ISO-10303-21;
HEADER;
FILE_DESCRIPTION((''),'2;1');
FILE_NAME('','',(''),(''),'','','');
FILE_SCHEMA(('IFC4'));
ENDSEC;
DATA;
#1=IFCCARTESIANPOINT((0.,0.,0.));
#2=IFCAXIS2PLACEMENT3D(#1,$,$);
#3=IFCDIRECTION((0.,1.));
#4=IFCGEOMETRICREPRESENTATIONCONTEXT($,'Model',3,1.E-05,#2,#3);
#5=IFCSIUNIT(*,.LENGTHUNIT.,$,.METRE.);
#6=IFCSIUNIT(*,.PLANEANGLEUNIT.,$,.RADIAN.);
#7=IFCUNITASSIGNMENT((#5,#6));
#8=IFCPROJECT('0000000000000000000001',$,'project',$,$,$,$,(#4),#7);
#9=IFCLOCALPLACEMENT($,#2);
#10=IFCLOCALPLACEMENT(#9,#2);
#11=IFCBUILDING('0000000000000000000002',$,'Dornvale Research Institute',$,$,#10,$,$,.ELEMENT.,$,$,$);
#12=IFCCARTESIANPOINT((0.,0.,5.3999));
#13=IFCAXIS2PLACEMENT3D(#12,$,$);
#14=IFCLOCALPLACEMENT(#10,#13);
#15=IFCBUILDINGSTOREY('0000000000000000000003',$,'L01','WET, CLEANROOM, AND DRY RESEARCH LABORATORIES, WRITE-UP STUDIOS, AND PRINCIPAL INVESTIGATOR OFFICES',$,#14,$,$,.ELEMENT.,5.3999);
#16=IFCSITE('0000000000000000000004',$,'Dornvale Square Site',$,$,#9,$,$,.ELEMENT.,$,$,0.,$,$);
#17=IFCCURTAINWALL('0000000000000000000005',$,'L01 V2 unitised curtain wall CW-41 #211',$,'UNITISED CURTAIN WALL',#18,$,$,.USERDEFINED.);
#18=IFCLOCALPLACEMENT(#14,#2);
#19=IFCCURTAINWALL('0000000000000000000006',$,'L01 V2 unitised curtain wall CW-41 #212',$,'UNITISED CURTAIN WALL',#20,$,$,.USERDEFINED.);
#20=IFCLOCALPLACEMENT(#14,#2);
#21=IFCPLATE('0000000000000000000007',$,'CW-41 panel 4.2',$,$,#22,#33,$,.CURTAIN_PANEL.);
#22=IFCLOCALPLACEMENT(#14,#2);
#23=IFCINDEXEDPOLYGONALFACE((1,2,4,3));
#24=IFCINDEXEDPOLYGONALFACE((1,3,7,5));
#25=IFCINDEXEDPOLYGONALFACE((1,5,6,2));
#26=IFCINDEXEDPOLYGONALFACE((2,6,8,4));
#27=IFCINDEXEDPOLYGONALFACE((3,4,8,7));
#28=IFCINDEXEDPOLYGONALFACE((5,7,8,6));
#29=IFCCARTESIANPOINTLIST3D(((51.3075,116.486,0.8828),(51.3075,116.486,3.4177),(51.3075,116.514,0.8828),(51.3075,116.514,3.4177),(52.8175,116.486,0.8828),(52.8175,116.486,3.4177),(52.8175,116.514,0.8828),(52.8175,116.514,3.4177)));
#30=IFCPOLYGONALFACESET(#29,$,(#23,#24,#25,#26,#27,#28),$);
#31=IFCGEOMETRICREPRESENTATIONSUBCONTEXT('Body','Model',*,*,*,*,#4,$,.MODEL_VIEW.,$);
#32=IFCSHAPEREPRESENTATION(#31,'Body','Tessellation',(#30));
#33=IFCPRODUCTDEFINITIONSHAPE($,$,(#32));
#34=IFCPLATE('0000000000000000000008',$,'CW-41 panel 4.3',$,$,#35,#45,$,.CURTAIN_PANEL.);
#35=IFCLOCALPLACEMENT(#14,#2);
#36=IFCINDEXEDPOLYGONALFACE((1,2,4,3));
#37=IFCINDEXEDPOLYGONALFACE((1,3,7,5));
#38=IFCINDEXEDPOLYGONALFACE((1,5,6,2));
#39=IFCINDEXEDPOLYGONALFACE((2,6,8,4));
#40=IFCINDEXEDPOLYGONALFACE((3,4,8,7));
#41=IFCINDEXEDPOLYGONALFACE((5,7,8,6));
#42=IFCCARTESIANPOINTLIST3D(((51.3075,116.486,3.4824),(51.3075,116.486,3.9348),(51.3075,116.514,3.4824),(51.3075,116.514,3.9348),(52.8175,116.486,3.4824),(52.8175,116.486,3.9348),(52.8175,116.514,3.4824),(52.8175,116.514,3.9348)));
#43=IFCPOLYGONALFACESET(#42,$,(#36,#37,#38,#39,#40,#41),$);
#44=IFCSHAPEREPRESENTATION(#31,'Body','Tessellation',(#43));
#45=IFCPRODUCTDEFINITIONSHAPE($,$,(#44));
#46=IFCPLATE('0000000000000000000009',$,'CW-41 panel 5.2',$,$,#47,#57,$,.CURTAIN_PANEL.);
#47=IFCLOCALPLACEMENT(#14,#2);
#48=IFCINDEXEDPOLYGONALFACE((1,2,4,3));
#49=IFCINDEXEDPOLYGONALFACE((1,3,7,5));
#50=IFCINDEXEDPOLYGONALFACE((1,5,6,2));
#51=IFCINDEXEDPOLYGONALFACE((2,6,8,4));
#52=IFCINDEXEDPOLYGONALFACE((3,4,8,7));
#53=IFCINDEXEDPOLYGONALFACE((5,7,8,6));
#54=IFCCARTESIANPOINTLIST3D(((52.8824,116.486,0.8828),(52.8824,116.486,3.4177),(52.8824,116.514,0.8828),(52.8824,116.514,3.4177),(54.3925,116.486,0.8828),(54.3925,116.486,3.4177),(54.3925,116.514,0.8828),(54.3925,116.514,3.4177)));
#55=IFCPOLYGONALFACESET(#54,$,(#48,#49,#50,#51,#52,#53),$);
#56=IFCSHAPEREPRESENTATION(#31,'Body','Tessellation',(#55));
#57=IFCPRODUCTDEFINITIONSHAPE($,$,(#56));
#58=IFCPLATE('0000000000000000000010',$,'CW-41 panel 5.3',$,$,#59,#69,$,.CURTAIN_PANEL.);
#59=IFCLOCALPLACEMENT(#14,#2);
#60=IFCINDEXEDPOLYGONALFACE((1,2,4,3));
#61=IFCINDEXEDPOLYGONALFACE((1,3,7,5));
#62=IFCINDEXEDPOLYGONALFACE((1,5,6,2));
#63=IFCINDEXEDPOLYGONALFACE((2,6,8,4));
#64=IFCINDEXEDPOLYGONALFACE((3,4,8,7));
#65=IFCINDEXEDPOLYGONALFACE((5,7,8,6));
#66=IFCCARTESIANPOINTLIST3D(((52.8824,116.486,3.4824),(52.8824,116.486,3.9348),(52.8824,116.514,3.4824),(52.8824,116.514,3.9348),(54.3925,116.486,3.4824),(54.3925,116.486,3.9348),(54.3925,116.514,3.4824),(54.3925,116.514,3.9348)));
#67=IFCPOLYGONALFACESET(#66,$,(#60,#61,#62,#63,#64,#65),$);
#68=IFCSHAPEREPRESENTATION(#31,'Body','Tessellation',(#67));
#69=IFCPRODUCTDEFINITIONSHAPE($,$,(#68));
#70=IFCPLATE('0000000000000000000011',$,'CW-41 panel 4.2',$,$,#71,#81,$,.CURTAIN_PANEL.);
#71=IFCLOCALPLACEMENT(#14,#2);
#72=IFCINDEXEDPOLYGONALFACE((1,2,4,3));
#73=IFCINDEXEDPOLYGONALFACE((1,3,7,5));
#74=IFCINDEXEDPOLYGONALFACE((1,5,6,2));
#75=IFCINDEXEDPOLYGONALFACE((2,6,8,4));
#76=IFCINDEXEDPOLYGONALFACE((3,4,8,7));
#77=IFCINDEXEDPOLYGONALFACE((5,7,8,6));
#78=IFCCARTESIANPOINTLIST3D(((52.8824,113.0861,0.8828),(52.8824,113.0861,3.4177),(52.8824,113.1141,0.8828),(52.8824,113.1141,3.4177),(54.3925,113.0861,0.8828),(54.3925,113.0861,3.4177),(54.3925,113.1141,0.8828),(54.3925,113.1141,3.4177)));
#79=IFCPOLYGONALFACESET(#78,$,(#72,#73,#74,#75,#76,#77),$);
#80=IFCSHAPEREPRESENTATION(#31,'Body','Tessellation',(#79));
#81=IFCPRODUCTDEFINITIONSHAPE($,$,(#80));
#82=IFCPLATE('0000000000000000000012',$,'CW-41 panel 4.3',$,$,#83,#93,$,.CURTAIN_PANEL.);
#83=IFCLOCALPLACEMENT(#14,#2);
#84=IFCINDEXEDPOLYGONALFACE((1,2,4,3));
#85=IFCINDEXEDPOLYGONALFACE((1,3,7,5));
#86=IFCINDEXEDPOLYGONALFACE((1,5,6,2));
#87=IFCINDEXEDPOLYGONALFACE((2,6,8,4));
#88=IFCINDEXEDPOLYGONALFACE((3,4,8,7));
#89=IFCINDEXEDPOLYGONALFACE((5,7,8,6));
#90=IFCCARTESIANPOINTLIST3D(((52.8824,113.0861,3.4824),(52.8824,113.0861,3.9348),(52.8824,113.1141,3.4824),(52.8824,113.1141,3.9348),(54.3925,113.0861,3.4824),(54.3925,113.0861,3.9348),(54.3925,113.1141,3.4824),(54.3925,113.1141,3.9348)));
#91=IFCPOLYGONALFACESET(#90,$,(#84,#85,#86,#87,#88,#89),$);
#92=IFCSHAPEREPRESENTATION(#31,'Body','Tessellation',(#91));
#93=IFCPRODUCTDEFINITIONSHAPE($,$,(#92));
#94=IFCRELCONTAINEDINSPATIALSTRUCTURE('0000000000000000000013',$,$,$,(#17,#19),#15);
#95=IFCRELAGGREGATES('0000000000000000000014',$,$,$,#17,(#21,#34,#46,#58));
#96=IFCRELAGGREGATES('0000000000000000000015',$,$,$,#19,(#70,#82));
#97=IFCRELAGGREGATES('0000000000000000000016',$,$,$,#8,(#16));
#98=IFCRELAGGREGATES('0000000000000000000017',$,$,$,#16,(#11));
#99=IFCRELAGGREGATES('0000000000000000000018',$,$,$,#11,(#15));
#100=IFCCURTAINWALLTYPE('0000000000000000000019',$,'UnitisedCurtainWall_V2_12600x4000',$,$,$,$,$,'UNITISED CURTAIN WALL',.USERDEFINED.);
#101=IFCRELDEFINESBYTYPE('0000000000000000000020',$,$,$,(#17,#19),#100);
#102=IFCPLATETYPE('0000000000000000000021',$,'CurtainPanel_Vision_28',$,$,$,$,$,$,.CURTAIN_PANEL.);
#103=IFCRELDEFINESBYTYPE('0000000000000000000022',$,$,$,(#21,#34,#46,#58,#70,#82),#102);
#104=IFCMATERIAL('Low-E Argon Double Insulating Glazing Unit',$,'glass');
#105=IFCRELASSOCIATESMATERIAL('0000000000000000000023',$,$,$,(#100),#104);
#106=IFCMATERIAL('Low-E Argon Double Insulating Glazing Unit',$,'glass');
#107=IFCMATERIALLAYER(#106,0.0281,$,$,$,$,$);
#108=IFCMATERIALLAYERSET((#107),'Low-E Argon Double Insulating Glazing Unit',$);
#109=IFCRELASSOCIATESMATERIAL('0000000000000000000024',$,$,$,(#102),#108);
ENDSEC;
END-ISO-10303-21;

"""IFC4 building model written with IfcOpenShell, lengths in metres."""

from ifc_helpers import new_model, si_unit, direction, frame, origin, origin_2d, place, context, subcontext, project, spatial, rectangle, extrude, material, layer, layer_set, type_object, element, aggregate, save


model = new_model("IFC4")

# Units and contexts
model_context = context("Model", 3, precision=1e-05, world=origin(), true_north=direction((0.0, 1.0)))
body_context = subcontext(model_context, "Body", "Model", "MODEL_VIEW")
ifc_project = project(units=[si_unit("LENGTHUNIT", "METRE"), si_unit("PLANEANGLEUNIT", "RADIAN")], contexts=[model_context])

# Site, building, storey
site_placement = place(None, origin())
site = spatial("IfcSite", under=ifc_project, at=site_placement, Name="Dornvale Square Site", CompositionType="ELEMENT", RefElevation=0.0)
building_placement = place(site_placement, origin())
building = spatial("IfcBuilding", under=site, at=building_placement, Name="Dornvale Research Institute", CompositionType="ELEMENT")
storey_placement = place(building_placement, frame((0.0, 0.0, 5.3999)))
storey = spatial("IfcBuildingStorey", under=building, at=storey_placement, Name="L01", Description="WET, CLEANROOM, AND DRY RESEARCH LABORATORIES, WRITE-UP STUDIOS, AND PRINCIPAL INVESTIGATOR OFFICES", CompositionType="ELEMENT", Elevation=5.3999)

# Curtain walls
ifc_material_1 = material(Name="Low-E Argon Double Insulating Glazing Unit", Category="glass")
curtain_wall_type = type_object("IfcCurtainWallType", Name="UnitisedCurtainWall_V2_12600x4000", ElementType="UNITISED CURTAIN WALL", PredefinedType="USERDEFINED", material=ifc_material_1)
curtain_wall_1_placement = place(storey_placement, origin())
curtain_wall_1 = element("IfcCurtainWall", 1, at=curtain_wall_1_placement, inside=storey, type_object=curtain_wall_type, Name="L01 V2 unitised curtain wall CW-41 #211", ObjectType="UNITISED CURTAIN WALL", PredefinedType="USERDEFINED")
curtain_wall_2_placement = place(storey_placement, origin())
curtain_wall_2 = element("IfcCurtainWall", 2, at=curtain_wall_2_placement, inside=storey, type_object=curtain_wall_type, Name="L01 V2 unitised curtain wall CW-41 #212", ObjectType="UNITISED CURTAIN WALL", PredefinedType="USERDEFINED")

# Plates
ifc_material_2 = material(Name="Low-E Argon Double Insulating Glazing Unit", Category="glass")
ifc_layer_1 = layer(ifc_material_2, 0.0281)
ifc_layer_set_1 = layer_set([ifc_layer_1], Name="Low-E Argon Double Insulating Glazing Unit")
plate_type_1 = type_object("IfcPlateType", Name="CurtainPanel_Vision_28", PredefinedType="CURTAIN_PANEL", material=ifc_layer_set_1)
plate_1_placement = place(storey_placement, frame((52.0625, 116.5, 0.8828), z_axis=(0.0, 0.0, 1.0), x_axis=(1.0, 0.0, 0.0)))
plate_1 = element("IfcPlate", 3, at=plate_1_placement, type_object=plate_type_1, Name="CW-41 panel 4.2", PredefinedType="CURTAIN_PANEL", context=body_context, shape_type="SweptSolid", body=[
    extrude(rectangle(XDim=1.51, YDim=0.0281, at=origin_2d()), origin(), (0.0, 0.0, 1.0), 2.5349),
])
plate_2_placement = place(storey_placement, frame((52.0625, 116.5, 3.4824), z_axis=(0.0, 0.0, 1.0), x_axis=(1.0, 0.0, 0.0)))
plate_2 = element("IfcPlate", 4, at=plate_2_placement, type_object=plate_type_1, Name="CW-41 panel 4.3", PredefinedType="CURTAIN_PANEL", context=body_context, shape_type="SweptSolid", body=[
    extrude(rectangle(XDim=1.51, YDim=0.0281, at=origin_2d()), origin(), (0.0, 0.0, 1.0), 0.4524),
])
plate_3_placement = place(storey_placement, frame((53.6375, 116.5, 0.8828), z_axis=(0.0, 0.0, 1.0), x_axis=(1.0, 0.0, 0.0)))
plate_3 = element("IfcPlate", 5, at=plate_3_placement, type_object=plate_type_1, Name="CW-41 panel 5.2", PredefinedType="CURTAIN_PANEL", context=body_context, shape_type="SweptSolid", body=[
    extrude(rectangle(XDim=1.51, YDim=0.0281, at=origin_2d()), origin(), (0.0, 0.0, 1.0), 2.5349),
])
plate_4_placement = place(storey_placement, frame((53.6375, 116.5, 3.4824), z_axis=(0.0, 0.0, 1.0), x_axis=(1.0, 0.0, 0.0)))
plate_4 = element("IfcPlate", 6, at=plate_4_placement, type_object=plate_type_1, Name="CW-41 panel 5.3", PredefinedType="CURTAIN_PANEL", context=body_context, shape_type="SweptSolid", body=[
    extrude(rectangle(XDim=1.51, YDim=0.0281, at=origin_2d()), origin(), (0.0, 0.0, 1.0), 0.4524),
])
aggregate(curtain_wall_1, [plate_1, plate_2, plate_3, plate_4])
plate_5_placement = place(storey_placement, frame((53.6375, 113.1001, 0.8828), z_axis=(0.0, 0.0, 1.0), x_axis=(-1.0, 0.0, 0.0)))
plate_5 = element("IfcPlate", 7, at=plate_5_placement, type_object=plate_type_1, Name="CW-41 panel 4.2", PredefinedType="CURTAIN_PANEL", context=body_context, shape_type="SweptSolid", body=[
    extrude(rectangle(XDim=1.51, YDim=0.0281, at=origin_2d()), origin(), (0.0, 0.0, 1.0), 2.5349),
])
plate_6_placement = place(storey_placement, frame((53.6375, 113.1001, 3.4824), z_axis=(0.0, 0.0, 1.0), x_axis=(-1.0, 0.0, 0.0)))
plate_6 = element("IfcPlate", 8, at=plate_6_placement, type_object=plate_type_1, Name="CW-41 panel 4.3", PredefinedType="CURTAIN_PANEL", context=body_context, shape_type="SweptSolid", body=[
    extrude(rectangle(XDim=1.51, YDim=0.0281, at=origin_2d()), origin(), (0.0, 0.0, 1.0), 0.4524),
])
aggregate(curtain_wall_2, [plate_5, plate_6])

save(model, "model.ifc")
